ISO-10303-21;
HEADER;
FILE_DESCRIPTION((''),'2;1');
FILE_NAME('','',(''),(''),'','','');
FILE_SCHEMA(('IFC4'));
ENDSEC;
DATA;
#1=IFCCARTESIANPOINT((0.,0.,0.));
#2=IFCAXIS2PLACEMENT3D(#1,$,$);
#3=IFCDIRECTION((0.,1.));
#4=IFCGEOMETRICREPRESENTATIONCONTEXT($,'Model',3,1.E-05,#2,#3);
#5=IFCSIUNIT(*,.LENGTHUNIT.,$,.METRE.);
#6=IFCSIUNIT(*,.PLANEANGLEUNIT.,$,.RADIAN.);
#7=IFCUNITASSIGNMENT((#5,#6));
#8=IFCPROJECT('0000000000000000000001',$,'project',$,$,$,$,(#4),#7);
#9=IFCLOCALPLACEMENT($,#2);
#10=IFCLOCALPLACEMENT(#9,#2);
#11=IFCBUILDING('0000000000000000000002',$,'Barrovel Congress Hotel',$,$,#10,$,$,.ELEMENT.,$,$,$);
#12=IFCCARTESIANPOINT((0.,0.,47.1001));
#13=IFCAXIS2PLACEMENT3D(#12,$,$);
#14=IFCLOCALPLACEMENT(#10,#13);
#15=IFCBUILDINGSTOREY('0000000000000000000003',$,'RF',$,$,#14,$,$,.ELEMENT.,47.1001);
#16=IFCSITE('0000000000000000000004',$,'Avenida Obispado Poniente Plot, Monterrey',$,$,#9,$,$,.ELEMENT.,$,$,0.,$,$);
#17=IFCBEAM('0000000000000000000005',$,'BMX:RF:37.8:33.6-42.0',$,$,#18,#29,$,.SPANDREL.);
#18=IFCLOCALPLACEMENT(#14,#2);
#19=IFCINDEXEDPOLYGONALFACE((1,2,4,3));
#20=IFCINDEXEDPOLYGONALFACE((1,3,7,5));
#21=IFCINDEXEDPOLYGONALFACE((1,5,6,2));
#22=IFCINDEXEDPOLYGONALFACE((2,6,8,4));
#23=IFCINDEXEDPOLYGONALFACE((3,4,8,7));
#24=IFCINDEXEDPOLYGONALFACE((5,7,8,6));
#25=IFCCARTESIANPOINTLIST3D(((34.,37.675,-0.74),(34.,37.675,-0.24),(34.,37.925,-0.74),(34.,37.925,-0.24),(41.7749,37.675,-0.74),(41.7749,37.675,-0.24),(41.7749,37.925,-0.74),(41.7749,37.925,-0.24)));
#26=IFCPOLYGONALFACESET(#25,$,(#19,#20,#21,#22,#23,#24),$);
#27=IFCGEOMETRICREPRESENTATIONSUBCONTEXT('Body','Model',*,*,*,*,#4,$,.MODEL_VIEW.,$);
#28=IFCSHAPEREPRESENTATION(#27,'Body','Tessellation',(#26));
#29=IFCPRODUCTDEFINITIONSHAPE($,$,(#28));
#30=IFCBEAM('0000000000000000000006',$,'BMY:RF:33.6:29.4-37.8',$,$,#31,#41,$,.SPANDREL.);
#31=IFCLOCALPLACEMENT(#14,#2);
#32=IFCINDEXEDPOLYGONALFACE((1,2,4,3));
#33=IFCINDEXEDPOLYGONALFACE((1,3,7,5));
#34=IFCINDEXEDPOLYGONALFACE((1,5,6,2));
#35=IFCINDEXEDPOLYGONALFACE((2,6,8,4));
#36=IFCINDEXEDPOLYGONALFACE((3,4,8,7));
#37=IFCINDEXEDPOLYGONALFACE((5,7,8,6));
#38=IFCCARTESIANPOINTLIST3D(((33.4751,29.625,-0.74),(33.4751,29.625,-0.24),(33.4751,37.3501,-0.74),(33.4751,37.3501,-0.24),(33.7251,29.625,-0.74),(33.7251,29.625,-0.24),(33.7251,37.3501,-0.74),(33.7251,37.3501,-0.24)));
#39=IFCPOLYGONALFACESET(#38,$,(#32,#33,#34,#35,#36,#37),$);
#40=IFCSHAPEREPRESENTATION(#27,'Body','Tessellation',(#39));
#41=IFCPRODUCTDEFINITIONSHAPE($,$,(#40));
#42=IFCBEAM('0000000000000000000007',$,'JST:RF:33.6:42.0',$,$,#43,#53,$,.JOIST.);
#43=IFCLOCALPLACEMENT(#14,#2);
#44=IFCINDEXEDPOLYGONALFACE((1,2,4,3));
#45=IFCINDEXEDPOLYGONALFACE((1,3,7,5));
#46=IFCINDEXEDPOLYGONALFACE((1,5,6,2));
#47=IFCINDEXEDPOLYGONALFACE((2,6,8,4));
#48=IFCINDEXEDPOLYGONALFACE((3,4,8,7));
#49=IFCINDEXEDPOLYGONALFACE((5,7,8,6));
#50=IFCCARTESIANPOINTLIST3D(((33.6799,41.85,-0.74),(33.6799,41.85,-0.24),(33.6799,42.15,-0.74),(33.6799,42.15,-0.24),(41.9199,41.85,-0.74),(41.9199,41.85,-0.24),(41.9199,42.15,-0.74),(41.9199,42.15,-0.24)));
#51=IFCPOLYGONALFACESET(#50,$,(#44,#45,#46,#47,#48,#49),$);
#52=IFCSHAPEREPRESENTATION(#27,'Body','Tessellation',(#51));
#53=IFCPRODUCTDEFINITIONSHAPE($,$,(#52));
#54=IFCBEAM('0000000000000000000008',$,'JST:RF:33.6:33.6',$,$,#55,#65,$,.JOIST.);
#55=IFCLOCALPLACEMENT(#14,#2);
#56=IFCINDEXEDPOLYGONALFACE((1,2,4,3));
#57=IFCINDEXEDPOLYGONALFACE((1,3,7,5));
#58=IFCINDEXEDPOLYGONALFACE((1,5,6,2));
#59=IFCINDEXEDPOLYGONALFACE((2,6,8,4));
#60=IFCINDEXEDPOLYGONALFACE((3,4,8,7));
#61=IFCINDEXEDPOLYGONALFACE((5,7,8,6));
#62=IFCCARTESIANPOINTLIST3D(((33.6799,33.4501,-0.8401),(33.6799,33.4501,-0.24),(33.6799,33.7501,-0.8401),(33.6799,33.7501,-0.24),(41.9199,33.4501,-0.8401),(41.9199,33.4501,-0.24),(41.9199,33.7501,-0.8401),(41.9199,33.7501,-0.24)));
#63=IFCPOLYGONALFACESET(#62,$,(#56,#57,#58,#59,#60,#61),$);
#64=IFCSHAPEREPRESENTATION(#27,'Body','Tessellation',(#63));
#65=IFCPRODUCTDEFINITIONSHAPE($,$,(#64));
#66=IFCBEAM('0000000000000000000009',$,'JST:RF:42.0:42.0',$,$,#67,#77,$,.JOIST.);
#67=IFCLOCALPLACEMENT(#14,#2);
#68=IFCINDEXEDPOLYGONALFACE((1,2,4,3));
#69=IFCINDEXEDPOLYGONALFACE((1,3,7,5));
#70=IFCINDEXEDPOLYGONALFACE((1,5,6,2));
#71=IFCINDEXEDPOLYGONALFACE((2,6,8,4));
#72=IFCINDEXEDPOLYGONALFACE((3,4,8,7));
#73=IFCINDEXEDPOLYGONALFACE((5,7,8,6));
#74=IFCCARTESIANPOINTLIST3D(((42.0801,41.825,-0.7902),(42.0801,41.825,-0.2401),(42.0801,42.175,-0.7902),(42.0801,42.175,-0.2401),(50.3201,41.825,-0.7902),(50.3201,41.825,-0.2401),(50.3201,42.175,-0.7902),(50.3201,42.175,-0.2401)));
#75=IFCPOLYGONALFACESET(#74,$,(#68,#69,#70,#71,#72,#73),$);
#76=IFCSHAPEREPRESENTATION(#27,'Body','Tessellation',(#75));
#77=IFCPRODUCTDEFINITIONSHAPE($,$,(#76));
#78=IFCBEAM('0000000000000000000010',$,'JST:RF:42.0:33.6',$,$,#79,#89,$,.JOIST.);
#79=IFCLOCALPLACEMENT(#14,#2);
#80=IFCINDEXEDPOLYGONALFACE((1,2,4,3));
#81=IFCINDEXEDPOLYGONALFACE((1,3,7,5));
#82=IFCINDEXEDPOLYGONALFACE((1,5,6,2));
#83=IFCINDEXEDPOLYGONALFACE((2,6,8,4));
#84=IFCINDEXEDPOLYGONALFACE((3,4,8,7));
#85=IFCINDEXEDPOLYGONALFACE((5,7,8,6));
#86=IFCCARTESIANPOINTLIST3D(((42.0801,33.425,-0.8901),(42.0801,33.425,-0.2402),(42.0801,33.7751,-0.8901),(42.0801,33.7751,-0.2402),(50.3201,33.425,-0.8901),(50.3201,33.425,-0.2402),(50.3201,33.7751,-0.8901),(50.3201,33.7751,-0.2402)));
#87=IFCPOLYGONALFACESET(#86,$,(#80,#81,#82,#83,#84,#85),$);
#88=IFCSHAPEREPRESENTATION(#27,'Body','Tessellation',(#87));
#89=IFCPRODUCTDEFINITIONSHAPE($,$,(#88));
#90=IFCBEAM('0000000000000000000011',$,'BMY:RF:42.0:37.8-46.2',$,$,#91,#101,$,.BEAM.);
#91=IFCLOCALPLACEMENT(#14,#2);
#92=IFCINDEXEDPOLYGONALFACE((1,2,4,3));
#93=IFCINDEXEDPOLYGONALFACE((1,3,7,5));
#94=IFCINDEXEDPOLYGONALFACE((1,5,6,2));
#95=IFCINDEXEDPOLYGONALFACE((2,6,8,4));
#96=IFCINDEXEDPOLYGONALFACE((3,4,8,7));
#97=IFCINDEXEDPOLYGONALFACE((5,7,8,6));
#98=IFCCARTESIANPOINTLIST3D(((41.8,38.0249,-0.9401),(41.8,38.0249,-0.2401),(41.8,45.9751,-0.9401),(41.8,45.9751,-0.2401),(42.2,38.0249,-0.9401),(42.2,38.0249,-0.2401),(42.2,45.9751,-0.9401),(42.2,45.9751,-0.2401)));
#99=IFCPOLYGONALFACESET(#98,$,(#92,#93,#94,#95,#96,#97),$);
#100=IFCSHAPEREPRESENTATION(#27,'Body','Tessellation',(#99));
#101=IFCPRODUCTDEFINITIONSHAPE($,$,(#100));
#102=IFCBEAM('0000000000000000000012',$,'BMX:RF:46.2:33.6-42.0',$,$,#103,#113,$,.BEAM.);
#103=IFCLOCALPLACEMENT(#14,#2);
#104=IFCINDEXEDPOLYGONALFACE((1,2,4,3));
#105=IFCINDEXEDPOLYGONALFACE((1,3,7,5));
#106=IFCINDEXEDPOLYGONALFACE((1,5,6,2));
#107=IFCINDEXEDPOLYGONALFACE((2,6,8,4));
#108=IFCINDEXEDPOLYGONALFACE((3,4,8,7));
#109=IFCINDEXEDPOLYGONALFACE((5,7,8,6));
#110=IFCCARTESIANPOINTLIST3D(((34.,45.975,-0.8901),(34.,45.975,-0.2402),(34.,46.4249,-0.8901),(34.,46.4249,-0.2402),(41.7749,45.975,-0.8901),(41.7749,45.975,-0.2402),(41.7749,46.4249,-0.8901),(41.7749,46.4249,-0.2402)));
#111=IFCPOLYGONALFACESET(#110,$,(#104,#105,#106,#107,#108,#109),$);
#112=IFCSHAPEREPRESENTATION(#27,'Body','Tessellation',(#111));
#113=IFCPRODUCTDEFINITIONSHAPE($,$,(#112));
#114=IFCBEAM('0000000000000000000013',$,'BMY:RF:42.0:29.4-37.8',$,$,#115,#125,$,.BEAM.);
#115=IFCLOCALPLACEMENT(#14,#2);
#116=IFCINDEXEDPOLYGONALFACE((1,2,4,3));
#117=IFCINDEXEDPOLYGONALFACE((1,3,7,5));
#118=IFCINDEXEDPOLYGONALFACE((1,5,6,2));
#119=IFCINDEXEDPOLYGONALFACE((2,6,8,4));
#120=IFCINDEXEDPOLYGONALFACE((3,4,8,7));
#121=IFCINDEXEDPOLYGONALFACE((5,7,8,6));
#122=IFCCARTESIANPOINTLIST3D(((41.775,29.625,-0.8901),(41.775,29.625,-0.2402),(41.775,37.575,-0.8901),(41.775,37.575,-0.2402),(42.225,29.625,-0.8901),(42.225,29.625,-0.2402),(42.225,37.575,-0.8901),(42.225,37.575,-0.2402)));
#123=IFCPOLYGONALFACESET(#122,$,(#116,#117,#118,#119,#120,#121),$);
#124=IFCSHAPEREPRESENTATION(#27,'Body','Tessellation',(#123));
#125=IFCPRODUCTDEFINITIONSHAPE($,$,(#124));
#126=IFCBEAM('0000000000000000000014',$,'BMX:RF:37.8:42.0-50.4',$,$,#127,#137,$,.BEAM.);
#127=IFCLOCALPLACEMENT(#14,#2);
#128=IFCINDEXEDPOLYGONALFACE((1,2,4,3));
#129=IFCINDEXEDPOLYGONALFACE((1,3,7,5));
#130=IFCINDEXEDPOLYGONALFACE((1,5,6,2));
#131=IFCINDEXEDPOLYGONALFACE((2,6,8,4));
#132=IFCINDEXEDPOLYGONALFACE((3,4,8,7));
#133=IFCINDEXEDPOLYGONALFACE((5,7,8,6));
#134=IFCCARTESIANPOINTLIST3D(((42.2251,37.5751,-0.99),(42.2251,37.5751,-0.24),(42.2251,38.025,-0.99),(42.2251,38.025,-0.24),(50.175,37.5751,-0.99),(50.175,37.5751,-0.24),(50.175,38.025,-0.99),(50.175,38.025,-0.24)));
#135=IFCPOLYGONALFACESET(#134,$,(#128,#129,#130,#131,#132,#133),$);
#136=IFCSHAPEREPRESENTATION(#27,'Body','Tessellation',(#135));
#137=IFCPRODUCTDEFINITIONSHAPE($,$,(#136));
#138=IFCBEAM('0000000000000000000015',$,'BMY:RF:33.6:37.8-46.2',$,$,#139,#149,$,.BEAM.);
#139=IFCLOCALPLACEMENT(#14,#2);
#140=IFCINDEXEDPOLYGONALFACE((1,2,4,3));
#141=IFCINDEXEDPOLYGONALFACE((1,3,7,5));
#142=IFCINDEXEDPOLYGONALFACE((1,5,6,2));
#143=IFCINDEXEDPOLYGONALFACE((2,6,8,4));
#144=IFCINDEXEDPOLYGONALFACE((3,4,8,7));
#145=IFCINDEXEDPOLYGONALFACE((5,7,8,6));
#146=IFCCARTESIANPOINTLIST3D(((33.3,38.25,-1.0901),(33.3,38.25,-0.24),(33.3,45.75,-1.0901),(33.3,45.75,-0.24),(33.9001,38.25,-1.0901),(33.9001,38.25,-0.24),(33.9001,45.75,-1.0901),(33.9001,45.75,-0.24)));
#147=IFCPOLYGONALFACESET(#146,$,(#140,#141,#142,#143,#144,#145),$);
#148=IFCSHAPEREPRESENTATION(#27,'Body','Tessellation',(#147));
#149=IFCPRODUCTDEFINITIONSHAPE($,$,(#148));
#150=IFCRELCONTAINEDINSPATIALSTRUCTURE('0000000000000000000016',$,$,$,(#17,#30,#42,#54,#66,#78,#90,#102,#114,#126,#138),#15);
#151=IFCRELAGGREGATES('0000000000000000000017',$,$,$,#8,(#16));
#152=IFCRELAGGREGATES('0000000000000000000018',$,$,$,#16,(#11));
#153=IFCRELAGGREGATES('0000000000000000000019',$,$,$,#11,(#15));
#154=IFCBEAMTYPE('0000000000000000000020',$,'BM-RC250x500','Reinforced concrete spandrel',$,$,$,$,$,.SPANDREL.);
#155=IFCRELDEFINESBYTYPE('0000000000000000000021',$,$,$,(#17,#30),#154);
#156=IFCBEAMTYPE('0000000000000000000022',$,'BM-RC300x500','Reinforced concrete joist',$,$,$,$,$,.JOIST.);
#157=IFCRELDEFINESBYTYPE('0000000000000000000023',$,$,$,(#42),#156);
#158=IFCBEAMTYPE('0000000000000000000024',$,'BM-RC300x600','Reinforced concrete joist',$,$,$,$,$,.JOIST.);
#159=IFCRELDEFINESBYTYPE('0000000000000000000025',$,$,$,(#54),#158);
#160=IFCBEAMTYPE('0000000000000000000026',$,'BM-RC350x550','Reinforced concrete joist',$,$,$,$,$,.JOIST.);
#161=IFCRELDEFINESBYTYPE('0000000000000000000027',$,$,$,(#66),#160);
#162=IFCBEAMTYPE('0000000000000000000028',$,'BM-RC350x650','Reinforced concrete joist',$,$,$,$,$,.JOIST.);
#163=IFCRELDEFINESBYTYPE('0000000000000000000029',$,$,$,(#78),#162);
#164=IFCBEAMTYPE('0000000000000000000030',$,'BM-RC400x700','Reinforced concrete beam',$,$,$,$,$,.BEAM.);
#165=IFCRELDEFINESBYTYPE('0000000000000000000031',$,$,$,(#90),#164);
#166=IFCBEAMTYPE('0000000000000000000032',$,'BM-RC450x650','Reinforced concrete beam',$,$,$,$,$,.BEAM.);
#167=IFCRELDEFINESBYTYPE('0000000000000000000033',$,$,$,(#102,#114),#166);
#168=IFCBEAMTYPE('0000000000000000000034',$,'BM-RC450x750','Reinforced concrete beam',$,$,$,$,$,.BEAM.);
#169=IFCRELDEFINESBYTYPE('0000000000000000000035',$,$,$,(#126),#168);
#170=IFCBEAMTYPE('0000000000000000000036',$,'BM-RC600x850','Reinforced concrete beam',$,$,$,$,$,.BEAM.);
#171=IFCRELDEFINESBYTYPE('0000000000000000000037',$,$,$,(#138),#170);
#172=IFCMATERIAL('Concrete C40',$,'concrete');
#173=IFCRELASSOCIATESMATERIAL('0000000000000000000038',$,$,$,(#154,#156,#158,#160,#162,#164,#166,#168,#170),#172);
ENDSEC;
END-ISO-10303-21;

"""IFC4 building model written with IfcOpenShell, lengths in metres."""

from ifc_helpers import new_model, si_unit, direction, frame, origin, origin_2d, place, context, subcontext, project, spatial, rectangle, extrude, material, material_profile, profile_set, type_object, element, save


model = new_model("IFC4")

# Units and contexts
model_context = context("Model", 3, precision=1e-05, world=origin(), true_north=direction((0.0, 1.0)))
body_context = subcontext(model_context, "Body", "Model", "MODEL_VIEW")
ifc_project = project(units=[si_unit("LENGTHUNIT", "METRE"), si_unit("PLANEANGLEUNIT", "RADIAN")], contexts=[model_context])

# Site, building, storey
site_placement = place(None, origin())
site = spatial("IfcSite", under=ifc_project, at=site_placement, Name="Avenida Obispado Poniente Plot, Monterrey", CompositionType="ELEMENT", RefElevation=0.0)
building_placement = place(site_placement, origin())
building = spatial("IfcBuilding", under=site, at=building_placement, Name="Barrovel Congress Hotel", CompositionType="ELEMENT")
storey_placement = place(building_placement, frame((0.0, 0.0, 47.1001)))
storey = spatial("IfcBuildingStorey", under=building, at=storey_placement, Name="RF", CompositionType="ELEMENT", Elevation=47.1001)

# Beams
ifc_material_1 = material(Name="Concrete C40", Category="concrete")
ifc_material_profile_1 = material_profile(ifc_material_1, rectangle(XDim=0.25, YDim=0.5, at=origin_2d()), Name="RC250x500")
ifc_profile_set_1 = profile_set([ifc_material_profile_1], Name="Concrete C40")
beam_type_1 = type_object("IfcBeamType", Name="BM-RC250x500", Description="Reinforced concrete spandrel", PredefinedType="SPANDREL", material=ifc_profile_set_1)
beam_1_placement = place(storey_placement, frame((34.0, 37.8, -0.49), z_axis=(1.0, 0.0, 0.0), x_axis=(0.0, 1.0, 0.0)))
element("IfcBeam", 1, at=beam_1_placement, inside=storey, type_object=beam_type_1, Name="BMX:RF:37.8:33.6-42.0", PredefinedType="SPANDREL", context=body_context, shape_type="SweptSolid", body=[
    extrude(rectangle(XDim=0.25, YDim=0.5, at=origin_2d()), origin(), (0.0, 0.0, 1.0), 7.7749),
])
beam_2_placement = place(storey_placement, frame((33.6001, 29.625, -0.49), z_axis=(0.0, 1.0, 0.0), x_axis=(-1.0, 0.0, 0.0)))
element("IfcBeam", 2, at=beam_2_placement, inside=storey, type_object=beam_type_1, Name="BMY:RF:33.6:29.4-37.8", PredefinedType="SPANDREL", context=body_context, shape_type="SweptSolid", body=[
    extrude(rectangle(XDim=0.25, YDim=0.5, at=origin_2d()), origin(), (0.0, 0.0, 1.0), 7.7251),
])
ifc_material_profile_2 = material_profile(ifc_material_1, rectangle(XDim=0.3, YDim=0.5, at=origin_2d()), Name="RC300x500")
ifc_profile_set_2 = profile_set([ifc_material_profile_2], Name="Concrete C40")
beam_type_2 = type_object("IfcBeamType", Name="BM-RC300x500", Description="Reinforced concrete joist", PredefinedType="JOIST", material=ifc_profile_set_2)
beam_3_placement = place(storey_placement, frame((33.6799, 42.0, -0.49), z_axis=(1.0, 0.0, 0.0), x_axis=(0.0, 1.0, 0.0)))
element("IfcBeam", 3, at=beam_3_placement, inside=storey, type_object=beam_type_2, Name="JST:RF:33.6:42.0", PredefinedType="JOIST", context=body_context, shape_type="SweptSolid", body=[
    extrude(rectangle(XDim=0.3, YDim=0.5, at=origin_2d()), origin(), (0.0, 0.0, 1.0), 8.24),
])
ifc_material_profile_3 = material_profile(ifc_material_1, rectangle(XDim=0.3, YDim=0.6001, at=origin_2d()), Name="RC300x600")
ifc_profile_set_3 = profile_set([ifc_material_profile_3], Name="Concrete C40")
beam_type_3 = type_object("IfcBeamType", Name="BM-RC300x600", Description="Reinforced concrete joist", PredefinedType="JOIST", material=ifc_profile_set_3)
beam_4_placement = place(storey_placement, frame((33.6799, 33.6001, -0.54), z_axis=(1.0, 0.0, 0.0), x_axis=(0.0, 1.0, 0.0)))
element("IfcBeam", 4, at=beam_4_placement, inside=storey, type_object=beam_type_3, Name="JST:RF:33.6:33.6", PredefinedType="JOIST", context=body_context, shape_type="SweptSolid", body=[
    extrude(rectangle(XDim=0.3, YDim=0.6001, at=origin_2d()), origin(), (0.0, 0.0, 1.0), 8.24),
])
ifc_material_profile_4 = material_profile(ifc_material_1, rectangle(XDim=0.3501, YDim=0.55, at=origin_2d()), Name="RC350x550")
ifc_profile_set_4 = profile_set([ifc_material_profile_4], Name="Concrete C40")
beam_type_4 = type_object("IfcBeamType", Name="BM-RC350x550", Description="Reinforced concrete joist", PredefinedType="JOIST", material=ifc_profile_set_4)
beam_5_placement = place(storey_placement, frame((42.0801, 42.0, -0.5151), z_axis=(1.0, 0.0, 0.0), x_axis=(0.0, 1.0, 0.0)))
element("IfcBeam", 5, at=beam_5_placement, inside=storey, type_object=beam_type_4, Name="JST:RF:42.0:42.0", PredefinedType="JOIST", context=body_context, shape_type="SweptSolid", body=[
    extrude(rectangle(XDim=0.3501, YDim=0.55, at=origin_2d()), origin(), (0.0, 0.0, 1.0), 8.24),
])
ifc_material_profile_5 = material_profile(ifc_material_1, rectangle(XDim=0.3501, YDim=0.6499, at=origin_2d()), Name="RC350x650")
ifc_profile_set_5 = profile_set([ifc_material_profile_5], Name="Concrete C40")
beam_type_5 = type_object("IfcBeamType", Name="BM-RC350x650", Description="Reinforced concrete joist", PredefinedType="JOIST", material=ifc_profile_set_5)
beam_6_placement = place(storey_placement, frame((42.0801, 33.6001, -0.5652), z_axis=(1.0, 0.0, 0.0), x_axis=(0.0, 1.0, 0.0)))
element("IfcBeam", 6, at=beam_6_placement, inside=storey, type_object=beam_type_5, Name="JST:RF:42.0:33.6", PredefinedType="JOIST", context=body_context, shape_type="SweptSolid", body=[
    extrude(rectangle(XDim=0.3501, YDim=0.6499, at=origin_2d()), origin(), (0.0, 0.0, 1.0), 8.24),
])
ifc_material_profile_6 = material_profile(ifc_material_1, rectangle(XDim=0.3999, YDim=0.7, at=origin_2d()), Name="RC400x700")
ifc_profile_set_6 = profile_set([ifc_material_profile_6], Name="Concrete C40")
beam_type_6 = type_object("IfcBeamType", Name="BM-RC400x700", Description="Reinforced concrete beam", PredefinedType="BEAM", material=ifc_profile_set_6)
beam_7_placement = place(storey_placement, frame((42.0, 38.0249, -0.5901), z_axis=(0.0, 1.0, 0.0), x_axis=(-1.0, 0.0, 0.0)))
element("IfcBeam", 7, at=beam_7_placement, inside=storey, type_object=beam_type_6, Name="BMY:RF:42.0:37.8-46.2", PredefinedType="BEAM", context=body_context, shape_type="SweptSolid", body=[
    extrude(rectangle(XDim=0.3999, YDim=0.7, at=origin_2d()), origin(), (0.0, 0.0, 1.0), 7.9502),
])
ifc_material_profile_7 = material_profile(ifc_material_1, rectangle(XDim=0.45, YDim=0.6499, at=origin_2d()), Name="RC450x650")
ifc_profile_set_7 = profile_set([ifc_material_profile_7], Name="Concrete C40")
beam_type_7 = type_object("IfcBeamType", Name="BM-RC450x650", Description="Reinforced concrete beam", PredefinedType="BEAM", material=ifc_profile_set_7)
beam_8_placement = place(storey_placement, frame((34.0, 46.2, -0.5652), z_axis=(1.0, 0.0, 0.0), x_axis=(0.0, 1.0, 0.0)))
element("IfcBeam", 8, at=beam_8_placement, inside=storey, type_object=beam_type_7, Name="BMX:RF:46.2:33.6-42.0", PredefinedType="BEAM", context=body_context, shape_type="SweptSolid", body=[
    extrude(rectangle(XDim=0.45, YDim=0.6499, at=origin_2d()), origin(), (0.0, 0.0, 1.0), 7.7749),
])
beam_9_placement = place(storey_placement, frame((42.0, 29.625, -0.5652), z_axis=(0.0, 1.0, 0.0), x_axis=(-1.0, 0.0, 0.0)))
element("IfcBeam", 9, at=beam_9_placement, inside=storey, type_object=beam_type_7, Name="BMY:RF:42.0:29.4-37.8", PredefinedType="BEAM", context=body_context, shape_type="SweptSolid", body=[
    extrude(rectangle(XDim=0.45, YDim=0.6499, at=origin_2d()), origin(), (0.0, 0.0, 1.0), 7.95),
])
ifc_material_profile_8 = material_profile(ifc_material_1, rectangle(XDim=0.45, YDim=0.75, at=origin_2d()), Name="RC450x750")
ifc_profile_set_8 = profile_set([ifc_material_profile_8], Name="Concrete C40")
beam_type_8 = type_object("IfcBeamType", Name="BM-RC450x750", Description="Reinforced concrete beam", PredefinedType="BEAM", material=ifc_profile_set_8)
beam_10_placement = place(storey_placement, frame((42.2251, 37.8, -0.615), z_axis=(1.0, 0.0, 0.0), x_axis=(0.0, 1.0, 0.0)))
element("IfcBeam", 10, at=beam_10_placement, inside=storey, type_object=beam_type_8, Name="BMX:RF:37.8:42.0-50.4", PredefinedType="BEAM", context=body_context, shape_type="SweptSolid", body=[
    extrude(rectangle(XDim=0.45, YDim=0.75, at=origin_2d()), origin(), (0.0, 0.0, 1.0), 7.95),
])
ifc_material_profile_9 = material_profile(ifc_material_1, rectangle(XDim=0.6001, YDim=0.8501, at=origin_2d()), Name="RC600x850")
ifc_profile_set_9 = profile_set([ifc_material_profile_9], Name="Concrete C40")
beam_type_9 = type_object("IfcBeamType", Name="BM-RC600x850", Description="Reinforced concrete beam", PredefinedType="BEAM", material=ifc_profile_set_9)
beam_11_placement = place(storey_placement, frame((33.6001, 38.25, -0.665), z_axis=(0.0, 1.0, 0.0), x_axis=(-1.0, 0.0, 0.0)))
element("IfcBeam", 11, at=beam_11_placement, inside=storey, type_object=beam_type_9, Name="BMY:RF:33.6:37.8-46.2", PredefinedType="BEAM", context=body_context, shape_type="SweptSolid", body=[
    extrude(rectangle(XDim=0.6001, YDim=0.8501, at=origin_2d()), origin(), (0.0, 0.0, 1.0), 7.5),
])

save(model, "model.ifc")
